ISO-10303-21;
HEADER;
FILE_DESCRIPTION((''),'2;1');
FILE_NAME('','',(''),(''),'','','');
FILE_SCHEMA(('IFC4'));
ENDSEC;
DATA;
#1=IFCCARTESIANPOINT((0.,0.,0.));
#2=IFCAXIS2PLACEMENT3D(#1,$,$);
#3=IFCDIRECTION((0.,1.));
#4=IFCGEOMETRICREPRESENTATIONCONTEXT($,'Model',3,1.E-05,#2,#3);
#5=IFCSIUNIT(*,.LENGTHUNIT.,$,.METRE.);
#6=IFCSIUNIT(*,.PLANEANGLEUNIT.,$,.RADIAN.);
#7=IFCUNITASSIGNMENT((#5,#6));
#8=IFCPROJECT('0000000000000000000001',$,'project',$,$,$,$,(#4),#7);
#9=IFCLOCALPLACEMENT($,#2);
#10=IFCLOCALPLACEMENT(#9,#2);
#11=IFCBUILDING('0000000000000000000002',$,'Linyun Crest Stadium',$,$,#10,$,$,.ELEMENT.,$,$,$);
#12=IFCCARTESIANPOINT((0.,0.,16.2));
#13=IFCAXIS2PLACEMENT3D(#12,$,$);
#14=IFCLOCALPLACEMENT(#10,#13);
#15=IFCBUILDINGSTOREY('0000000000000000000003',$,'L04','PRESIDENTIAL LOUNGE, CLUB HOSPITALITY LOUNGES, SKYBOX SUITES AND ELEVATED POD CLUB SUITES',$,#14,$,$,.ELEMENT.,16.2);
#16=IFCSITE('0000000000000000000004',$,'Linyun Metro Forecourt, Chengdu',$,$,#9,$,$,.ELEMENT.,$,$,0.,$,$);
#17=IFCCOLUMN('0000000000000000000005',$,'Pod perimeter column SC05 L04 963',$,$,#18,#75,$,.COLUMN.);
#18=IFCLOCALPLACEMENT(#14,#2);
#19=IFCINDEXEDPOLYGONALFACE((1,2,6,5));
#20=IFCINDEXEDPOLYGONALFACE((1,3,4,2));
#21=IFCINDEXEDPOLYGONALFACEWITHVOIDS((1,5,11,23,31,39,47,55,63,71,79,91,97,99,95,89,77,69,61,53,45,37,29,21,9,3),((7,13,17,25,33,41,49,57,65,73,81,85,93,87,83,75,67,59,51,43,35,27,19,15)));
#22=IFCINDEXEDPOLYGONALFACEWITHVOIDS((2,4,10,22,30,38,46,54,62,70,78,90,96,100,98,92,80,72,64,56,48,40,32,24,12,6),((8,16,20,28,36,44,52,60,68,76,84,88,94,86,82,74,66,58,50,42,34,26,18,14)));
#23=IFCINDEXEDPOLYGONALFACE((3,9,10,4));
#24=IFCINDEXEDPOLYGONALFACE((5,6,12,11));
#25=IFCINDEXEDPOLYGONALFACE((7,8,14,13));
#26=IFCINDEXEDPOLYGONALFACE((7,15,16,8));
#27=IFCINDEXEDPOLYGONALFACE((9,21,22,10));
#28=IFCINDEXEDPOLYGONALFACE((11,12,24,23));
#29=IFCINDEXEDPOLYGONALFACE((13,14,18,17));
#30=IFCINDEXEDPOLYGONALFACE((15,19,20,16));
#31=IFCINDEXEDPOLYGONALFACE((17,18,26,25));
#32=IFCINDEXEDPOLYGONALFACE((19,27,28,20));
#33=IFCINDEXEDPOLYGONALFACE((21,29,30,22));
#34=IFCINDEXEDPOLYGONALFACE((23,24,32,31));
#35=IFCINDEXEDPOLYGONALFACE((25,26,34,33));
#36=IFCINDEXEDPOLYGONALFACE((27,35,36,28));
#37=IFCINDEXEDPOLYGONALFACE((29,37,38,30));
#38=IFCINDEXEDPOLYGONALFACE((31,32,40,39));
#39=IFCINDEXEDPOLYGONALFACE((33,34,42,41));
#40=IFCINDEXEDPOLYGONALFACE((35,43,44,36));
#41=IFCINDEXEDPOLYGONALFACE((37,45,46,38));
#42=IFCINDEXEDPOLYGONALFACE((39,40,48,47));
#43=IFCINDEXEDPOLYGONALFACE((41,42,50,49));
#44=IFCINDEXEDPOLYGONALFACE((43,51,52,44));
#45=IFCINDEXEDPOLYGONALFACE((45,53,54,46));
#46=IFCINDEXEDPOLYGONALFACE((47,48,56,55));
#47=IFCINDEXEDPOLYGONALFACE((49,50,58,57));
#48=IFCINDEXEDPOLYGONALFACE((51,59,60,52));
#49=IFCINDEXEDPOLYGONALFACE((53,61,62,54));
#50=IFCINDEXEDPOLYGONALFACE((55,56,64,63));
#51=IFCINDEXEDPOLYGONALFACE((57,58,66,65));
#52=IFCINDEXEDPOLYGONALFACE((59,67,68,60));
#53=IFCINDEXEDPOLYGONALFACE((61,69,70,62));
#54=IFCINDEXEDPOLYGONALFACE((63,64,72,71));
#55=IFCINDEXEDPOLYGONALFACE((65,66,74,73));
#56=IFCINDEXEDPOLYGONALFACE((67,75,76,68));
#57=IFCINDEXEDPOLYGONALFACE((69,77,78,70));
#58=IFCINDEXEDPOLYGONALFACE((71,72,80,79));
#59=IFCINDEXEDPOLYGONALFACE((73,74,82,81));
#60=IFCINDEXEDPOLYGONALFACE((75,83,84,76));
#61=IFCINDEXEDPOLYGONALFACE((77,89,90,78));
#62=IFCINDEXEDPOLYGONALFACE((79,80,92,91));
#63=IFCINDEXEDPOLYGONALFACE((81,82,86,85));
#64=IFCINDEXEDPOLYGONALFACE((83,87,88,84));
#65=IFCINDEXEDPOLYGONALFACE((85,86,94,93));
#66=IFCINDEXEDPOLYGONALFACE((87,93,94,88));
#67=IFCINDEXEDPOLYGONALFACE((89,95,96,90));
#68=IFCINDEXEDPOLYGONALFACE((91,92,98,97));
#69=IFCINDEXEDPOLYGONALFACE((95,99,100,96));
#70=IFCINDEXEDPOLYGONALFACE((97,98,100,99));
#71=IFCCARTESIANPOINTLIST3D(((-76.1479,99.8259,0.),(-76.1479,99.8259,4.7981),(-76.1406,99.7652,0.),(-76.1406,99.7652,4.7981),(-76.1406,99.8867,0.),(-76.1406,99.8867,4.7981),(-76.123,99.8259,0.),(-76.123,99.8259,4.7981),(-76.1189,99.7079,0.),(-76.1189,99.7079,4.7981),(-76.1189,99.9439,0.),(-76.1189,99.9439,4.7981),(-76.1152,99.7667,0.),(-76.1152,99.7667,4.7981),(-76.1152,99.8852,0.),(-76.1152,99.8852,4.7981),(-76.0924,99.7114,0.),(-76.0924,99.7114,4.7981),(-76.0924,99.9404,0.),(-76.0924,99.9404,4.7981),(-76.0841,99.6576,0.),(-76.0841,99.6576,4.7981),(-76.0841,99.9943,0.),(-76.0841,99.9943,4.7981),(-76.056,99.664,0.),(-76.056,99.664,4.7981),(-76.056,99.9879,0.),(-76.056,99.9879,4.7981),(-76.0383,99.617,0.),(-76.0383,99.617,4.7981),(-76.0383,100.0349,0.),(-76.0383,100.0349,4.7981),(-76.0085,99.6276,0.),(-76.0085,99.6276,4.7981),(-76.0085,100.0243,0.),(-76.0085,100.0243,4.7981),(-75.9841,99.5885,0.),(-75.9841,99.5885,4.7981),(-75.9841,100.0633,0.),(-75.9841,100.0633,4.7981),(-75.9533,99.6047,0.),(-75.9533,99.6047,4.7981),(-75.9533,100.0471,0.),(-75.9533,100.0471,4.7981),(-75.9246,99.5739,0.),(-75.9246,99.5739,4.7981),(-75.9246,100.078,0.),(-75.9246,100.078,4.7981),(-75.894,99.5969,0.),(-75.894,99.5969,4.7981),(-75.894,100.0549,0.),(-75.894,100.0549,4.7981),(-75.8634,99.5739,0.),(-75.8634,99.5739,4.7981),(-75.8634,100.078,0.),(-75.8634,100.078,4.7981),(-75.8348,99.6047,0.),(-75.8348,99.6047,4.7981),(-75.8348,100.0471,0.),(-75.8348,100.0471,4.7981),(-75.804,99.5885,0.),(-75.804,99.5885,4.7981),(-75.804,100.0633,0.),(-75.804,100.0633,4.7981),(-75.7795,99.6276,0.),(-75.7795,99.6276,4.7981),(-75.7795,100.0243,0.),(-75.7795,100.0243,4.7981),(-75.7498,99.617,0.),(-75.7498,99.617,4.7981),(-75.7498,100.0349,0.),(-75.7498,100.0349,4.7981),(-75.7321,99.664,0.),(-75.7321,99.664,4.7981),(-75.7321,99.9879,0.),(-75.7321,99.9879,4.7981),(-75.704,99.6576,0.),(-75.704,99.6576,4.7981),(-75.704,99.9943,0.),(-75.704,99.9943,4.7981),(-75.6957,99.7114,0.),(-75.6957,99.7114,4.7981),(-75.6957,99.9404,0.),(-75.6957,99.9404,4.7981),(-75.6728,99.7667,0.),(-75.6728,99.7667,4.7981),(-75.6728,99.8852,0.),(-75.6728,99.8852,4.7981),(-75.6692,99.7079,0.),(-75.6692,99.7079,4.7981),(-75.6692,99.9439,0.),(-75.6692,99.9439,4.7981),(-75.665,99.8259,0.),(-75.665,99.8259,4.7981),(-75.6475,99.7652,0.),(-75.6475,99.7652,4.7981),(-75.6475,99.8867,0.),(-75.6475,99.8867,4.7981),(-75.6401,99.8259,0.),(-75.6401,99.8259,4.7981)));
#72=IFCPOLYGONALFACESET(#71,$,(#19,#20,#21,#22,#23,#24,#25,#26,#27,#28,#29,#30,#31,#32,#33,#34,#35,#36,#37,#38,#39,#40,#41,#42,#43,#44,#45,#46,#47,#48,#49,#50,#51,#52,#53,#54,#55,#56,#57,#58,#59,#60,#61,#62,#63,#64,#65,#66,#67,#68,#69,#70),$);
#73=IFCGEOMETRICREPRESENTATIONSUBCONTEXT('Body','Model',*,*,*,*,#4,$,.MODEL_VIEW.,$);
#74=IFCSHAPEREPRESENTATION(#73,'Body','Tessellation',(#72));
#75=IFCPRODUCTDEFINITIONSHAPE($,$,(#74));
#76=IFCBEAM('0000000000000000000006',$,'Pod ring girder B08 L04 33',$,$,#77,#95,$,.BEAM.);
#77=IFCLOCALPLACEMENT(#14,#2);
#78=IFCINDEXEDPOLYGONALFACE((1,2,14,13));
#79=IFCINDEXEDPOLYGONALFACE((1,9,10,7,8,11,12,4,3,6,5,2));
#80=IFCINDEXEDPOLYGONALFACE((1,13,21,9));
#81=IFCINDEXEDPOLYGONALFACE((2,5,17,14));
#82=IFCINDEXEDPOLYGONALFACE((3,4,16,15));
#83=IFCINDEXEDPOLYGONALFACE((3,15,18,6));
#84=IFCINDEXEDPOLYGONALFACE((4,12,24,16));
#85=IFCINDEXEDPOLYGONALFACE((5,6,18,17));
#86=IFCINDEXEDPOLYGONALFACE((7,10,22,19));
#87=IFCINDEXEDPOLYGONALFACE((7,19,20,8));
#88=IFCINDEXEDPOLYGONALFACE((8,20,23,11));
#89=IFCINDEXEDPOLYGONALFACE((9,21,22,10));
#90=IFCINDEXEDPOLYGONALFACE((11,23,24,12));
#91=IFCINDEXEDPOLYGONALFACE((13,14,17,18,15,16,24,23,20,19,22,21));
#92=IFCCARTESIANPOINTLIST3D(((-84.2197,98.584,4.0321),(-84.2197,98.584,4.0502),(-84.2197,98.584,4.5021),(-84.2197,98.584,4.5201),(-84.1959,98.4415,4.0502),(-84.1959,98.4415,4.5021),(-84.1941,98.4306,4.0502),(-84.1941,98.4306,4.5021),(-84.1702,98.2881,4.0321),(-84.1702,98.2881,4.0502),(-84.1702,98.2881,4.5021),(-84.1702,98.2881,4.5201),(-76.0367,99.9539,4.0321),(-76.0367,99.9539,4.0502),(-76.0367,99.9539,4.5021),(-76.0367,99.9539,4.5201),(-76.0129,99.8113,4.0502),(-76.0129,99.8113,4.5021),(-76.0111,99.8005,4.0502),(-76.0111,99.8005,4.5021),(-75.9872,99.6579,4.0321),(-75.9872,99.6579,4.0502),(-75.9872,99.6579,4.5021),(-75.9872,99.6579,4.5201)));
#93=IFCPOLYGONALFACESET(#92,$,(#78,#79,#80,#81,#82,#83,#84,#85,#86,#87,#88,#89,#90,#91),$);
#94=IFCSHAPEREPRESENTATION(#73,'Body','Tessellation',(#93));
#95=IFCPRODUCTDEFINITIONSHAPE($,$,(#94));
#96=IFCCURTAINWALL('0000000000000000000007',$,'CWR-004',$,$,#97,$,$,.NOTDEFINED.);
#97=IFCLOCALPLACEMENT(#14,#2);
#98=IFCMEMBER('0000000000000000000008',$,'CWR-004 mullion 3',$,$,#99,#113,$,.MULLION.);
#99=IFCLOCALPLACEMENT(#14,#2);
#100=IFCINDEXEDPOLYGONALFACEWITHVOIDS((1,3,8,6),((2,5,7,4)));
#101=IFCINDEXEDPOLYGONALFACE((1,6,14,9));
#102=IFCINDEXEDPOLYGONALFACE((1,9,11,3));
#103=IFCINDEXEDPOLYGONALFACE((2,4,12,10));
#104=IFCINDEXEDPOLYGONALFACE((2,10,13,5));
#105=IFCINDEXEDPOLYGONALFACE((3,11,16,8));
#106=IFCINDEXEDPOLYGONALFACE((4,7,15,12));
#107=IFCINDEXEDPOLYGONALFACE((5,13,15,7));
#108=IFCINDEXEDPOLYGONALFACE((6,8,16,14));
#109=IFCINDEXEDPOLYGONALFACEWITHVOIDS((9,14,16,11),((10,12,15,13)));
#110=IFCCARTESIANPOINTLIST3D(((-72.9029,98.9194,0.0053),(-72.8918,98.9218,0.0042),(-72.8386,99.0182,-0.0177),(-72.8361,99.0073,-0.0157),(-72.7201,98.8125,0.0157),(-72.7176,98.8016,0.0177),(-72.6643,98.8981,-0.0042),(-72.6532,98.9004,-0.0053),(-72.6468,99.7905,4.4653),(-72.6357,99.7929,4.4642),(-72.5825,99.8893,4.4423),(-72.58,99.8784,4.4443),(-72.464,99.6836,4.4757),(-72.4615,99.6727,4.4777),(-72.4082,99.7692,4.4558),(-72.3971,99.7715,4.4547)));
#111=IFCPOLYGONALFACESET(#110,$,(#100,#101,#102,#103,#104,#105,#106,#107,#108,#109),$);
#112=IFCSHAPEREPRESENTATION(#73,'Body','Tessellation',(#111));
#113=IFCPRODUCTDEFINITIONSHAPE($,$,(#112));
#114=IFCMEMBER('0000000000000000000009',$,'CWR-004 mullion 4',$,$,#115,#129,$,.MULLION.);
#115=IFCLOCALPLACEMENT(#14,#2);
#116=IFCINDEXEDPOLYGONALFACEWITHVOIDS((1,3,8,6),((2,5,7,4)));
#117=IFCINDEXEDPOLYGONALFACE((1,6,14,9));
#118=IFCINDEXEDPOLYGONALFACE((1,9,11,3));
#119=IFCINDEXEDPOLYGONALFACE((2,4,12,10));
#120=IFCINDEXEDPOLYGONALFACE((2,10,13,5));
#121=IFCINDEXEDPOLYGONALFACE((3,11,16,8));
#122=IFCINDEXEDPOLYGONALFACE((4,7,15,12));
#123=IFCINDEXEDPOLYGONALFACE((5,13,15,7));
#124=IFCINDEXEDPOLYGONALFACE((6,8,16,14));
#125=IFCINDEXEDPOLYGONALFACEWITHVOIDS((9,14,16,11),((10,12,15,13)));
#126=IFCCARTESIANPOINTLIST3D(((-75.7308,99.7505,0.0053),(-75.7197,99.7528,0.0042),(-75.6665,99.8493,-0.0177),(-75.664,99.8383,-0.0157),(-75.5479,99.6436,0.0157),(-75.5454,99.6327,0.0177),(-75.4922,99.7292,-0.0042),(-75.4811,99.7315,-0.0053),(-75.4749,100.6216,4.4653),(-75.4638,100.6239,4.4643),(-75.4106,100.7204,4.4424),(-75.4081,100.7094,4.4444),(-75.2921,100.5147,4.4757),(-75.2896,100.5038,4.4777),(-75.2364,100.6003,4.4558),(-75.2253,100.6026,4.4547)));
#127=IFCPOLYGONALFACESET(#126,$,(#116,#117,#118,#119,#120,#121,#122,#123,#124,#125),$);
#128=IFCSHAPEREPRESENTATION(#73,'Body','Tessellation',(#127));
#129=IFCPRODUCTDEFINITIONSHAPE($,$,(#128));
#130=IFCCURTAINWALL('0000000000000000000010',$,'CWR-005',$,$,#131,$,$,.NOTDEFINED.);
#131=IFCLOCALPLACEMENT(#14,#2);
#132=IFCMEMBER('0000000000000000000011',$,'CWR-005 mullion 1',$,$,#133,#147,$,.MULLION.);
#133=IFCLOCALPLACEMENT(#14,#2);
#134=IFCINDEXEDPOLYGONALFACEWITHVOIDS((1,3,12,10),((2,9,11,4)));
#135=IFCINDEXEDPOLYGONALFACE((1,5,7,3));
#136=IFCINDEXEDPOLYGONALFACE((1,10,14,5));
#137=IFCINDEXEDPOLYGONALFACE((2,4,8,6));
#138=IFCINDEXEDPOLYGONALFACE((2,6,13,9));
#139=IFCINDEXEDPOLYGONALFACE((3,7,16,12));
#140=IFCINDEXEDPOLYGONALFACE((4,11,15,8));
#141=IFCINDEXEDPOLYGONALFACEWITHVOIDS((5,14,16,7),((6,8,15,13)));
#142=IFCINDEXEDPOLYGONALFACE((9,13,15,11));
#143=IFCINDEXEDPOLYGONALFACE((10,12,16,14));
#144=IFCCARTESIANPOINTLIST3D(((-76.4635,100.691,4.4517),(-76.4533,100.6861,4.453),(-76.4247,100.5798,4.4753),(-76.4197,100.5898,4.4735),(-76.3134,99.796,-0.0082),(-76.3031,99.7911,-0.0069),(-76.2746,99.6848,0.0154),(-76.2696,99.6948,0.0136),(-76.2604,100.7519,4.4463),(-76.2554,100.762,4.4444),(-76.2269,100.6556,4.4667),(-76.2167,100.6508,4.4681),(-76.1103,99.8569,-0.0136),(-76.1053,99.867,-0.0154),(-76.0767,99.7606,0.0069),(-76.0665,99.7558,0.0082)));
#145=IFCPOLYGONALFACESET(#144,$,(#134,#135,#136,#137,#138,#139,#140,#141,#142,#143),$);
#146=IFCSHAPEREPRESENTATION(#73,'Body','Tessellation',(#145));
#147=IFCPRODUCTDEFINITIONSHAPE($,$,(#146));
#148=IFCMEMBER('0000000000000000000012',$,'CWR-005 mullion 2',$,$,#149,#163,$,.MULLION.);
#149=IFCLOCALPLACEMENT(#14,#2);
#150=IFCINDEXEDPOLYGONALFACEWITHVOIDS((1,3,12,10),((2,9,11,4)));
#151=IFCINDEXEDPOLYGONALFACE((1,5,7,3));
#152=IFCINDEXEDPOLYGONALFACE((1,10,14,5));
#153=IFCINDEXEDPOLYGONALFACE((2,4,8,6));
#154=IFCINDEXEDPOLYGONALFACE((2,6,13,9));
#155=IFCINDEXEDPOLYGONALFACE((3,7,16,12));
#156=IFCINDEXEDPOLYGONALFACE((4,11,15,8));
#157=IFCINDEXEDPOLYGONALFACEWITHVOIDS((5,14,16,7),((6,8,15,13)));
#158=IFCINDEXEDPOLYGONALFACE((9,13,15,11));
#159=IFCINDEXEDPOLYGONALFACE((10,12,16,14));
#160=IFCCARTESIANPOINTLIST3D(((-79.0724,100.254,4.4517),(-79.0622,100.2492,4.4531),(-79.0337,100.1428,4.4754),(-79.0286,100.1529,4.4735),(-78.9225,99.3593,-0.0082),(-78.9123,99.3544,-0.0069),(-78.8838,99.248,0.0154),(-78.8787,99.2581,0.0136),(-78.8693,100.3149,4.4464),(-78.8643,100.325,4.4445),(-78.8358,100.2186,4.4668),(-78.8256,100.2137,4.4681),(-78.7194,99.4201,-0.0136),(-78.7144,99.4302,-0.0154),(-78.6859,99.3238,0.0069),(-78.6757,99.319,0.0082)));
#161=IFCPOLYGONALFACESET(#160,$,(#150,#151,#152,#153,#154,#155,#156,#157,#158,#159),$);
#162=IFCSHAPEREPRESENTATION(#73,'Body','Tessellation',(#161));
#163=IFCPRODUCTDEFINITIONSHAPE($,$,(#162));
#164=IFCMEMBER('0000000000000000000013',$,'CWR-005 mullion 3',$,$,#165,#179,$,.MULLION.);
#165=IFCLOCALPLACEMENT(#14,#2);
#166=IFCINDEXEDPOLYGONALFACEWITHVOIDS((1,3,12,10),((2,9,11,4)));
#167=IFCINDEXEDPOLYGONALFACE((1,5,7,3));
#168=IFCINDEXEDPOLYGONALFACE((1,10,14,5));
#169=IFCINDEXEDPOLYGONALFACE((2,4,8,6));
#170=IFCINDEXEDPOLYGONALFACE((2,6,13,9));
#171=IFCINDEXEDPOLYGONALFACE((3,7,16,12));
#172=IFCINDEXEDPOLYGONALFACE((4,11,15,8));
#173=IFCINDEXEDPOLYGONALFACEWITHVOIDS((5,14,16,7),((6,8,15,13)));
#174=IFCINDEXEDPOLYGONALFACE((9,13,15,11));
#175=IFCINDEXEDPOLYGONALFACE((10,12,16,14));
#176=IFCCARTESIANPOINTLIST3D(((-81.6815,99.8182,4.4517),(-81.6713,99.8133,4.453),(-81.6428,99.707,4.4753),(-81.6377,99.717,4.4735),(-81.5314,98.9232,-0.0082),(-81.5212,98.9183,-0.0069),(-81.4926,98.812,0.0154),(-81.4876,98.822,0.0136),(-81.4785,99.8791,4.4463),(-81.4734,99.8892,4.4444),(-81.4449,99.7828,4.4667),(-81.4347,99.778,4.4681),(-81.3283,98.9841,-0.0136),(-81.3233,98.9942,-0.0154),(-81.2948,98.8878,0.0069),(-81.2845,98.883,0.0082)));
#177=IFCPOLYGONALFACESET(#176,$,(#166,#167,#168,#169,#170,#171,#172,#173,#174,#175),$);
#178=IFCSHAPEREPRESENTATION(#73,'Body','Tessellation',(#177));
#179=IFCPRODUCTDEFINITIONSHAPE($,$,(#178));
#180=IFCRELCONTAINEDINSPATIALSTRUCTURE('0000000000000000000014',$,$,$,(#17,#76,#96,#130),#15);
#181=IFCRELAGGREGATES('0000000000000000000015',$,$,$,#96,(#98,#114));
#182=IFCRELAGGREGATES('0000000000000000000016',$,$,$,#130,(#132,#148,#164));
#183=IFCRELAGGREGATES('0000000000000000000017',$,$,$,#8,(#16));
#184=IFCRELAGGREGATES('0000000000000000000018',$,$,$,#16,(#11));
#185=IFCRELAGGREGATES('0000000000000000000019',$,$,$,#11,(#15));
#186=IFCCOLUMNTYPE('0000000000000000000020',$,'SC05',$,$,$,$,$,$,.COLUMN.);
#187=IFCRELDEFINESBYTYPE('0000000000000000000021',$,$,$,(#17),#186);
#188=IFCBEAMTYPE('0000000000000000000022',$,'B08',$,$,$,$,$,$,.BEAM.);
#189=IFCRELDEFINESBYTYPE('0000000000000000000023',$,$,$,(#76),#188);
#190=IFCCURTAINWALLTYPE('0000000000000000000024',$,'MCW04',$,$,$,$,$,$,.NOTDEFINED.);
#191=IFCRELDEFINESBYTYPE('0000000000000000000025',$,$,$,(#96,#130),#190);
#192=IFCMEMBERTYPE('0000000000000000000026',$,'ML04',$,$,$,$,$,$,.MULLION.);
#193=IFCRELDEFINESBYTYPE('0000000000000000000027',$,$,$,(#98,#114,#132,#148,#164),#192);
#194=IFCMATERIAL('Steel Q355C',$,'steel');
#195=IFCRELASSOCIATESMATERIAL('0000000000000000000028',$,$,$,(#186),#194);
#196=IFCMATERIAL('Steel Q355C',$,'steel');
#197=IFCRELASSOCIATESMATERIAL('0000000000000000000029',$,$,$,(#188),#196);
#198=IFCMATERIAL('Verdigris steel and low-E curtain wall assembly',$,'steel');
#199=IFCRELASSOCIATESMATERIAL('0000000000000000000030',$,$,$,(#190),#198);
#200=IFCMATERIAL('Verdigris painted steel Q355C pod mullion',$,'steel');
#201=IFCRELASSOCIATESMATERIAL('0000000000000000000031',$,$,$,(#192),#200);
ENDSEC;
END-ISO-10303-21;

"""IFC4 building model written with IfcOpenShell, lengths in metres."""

from ifc_helpers import new_model, si_unit, direction, frame, origin, origin_2d, place, context, subcontext, project, spatial, hollow_rectangle, hollow_circle, i_section, extrude, material, material_profile, profile_set, type_object, element, aggregate, save


model = new_model("IFC4")

# Units and contexts
model_context = context("Model", 3, precision=1e-05, world=origin(), true_north=direction((0.0, 1.0)))
body_context = subcontext(model_context, "Body", "Model", "MODEL_VIEW")
ifc_project = project(units=[si_unit("LENGTHUNIT", "METRE"), si_unit("PLANEANGLEUNIT", "RADIAN")], contexts=[model_context])

# Site, building, storey
site_placement = place(None, origin())
site = spatial("IfcSite", under=ifc_project, at=site_placement, Name="Linyun Metro Forecourt, Chengdu", CompositionType="ELEMENT", RefElevation=0.0)
building_placement = place(site_placement, origin())
building = spatial("IfcBuilding", under=site, at=building_placement, Name="Linyun Crest Stadium", CompositionType="ELEMENT")
storey_placement = place(building_placement, frame((0.0, 0.0, 16.2)))
storey = spatial("IfcBuildingStorey", under=building, at=storey_placement, Name="L04", Description="PRESIDENTIAL LOUNGE, CLUB HOSPITALITY LOUNGES, SKYBOX SUITES AND ELEVATED POD CLUB SUITES", CompositionType="ELEMENT", Elevation=16.2)

# Column
ifc_material_1 = material(Name="Steel Q355C", Category="steel")
ifc_material_profile_1 = material_profile(ifc_material_1, hollow_circle(Radius=0.2539, WallThickness=0.0249, at=origin_2d()), Name="CHS 508x25")
ifc_profile_set_1 = profile_set([ifc_material_profile_1], Name="Steel Q355C")
column_type = type_object("IfcColumnType", Name="SC05", PredefinedType="COLUMN", material=ifc_profile_set_1)
column_placement = place(storey_placement, frame((-75.894, 99.8259, 0.0), z_axis=(0.0, 0.0, 1.0), x_axis=(1.0, 0.0, 0.0)))
element("IfcColumn", 1, at=column_placement, inside=storey, type_object=column_type, Name="Pod perimeter column SC05 L04 963", PredefinedType="COLUMN", context=body_context, shape_type="SweptSolid", body=[
    extrude(hollow_circle(Radius=0.2539, WallThickness=0.0249, at=origin_2d()), origin(), (0.0, 0.0, 1.0), 4.7981),
])

# Beam
ifc_material_2 = material(Name="Steel Q355C", Category="steel")
ifc_material_profile_2 = material_profile(ifc_material_2, i_section(OverallWidth=0.3, OverallDepth=0.488, WebThickness=0.011, FlangeThickness=0.0181, at=origin_2d()), Name="HM 488x300")
ifc_profile_set_2 = profile_set([ifc_material_profile_2], Name="Steel Q355C")
beam_type = type_object("IfcBeamType", Name="B08", PredefinedType="BEAM", material=ifc_profile_set_2)
beam_placement = place(storey_placement, frame((-76.012, 99.8059, 4.2761), z_axis=(-0.986276, -0.165105, 0.0), x_axis=(0.165105, -0.986276, 0.0)))
element("IfcBeam", 2, at=beam_placement, inside=storey, type_object=beam_type, Name="Pod ring girder B08 L04 33", PredefinedType="BEAM", context=body_context, shape_type="SweptSolid", body=[
    extrude(i_section(OverallWidth=0.3, OverallDepth=0.488, WebThickness=0.011, FlangeThickness=0.0181, at=origin_2d()), origin(), (0.0, 0.0, 1.0), 8.2969),
])

# Curtain walls, members
ifc_material_3 = material(Name="Verdigris steel and low-E curtain wall assembly", Category="steel")
curtain_wall_type = type_object("IfcCurtainWallType", Name="MCW04", PredefinedType="NOTDEFINED", material=ifc_material_3)
curtain_wall_1_placement = place(storey_placement, origin())
curtain_wall_1 = element("IfcCurtainWall", 3, at=curtain_wall_1_placement, inside=storey, type_object=curtain_wall_type, Name="CWR-004", PredefinedType="NOTDEFINED")
ifc_material_4 = material(Name="Verdigris painted steel Q355C pod mullion", Category="steel")
ifc_material_profile_3 = material_profile(ifc_material_4, hollow_rectangle(XDim=0.1201, YDim=0.22, WallThickness=0.0081, at=origin_2d()), Name="RHS 220x120x8")
ifc_profile_set_3 = profile_set([ifc_material_profile_3], Name="Verdigris painted steel Q355C pod mullion")
member_type_1 = type_object("IfcMemberType", Name="ML04", PredefinedType="MULLION", material=ifc_profile_set_3)
member_1_placement = place(storey_placement, frame((-72.7781, 98.9099, 0.0), z_axis=(0.056269, 0.191388, 0.9799), x_axis=(0.535733, 0.822411, -0.191392)))
member_1 = element("IfcMember", 4, at=member_1_placement, type_object=member_type_1, Name="CWR-004 mullion 3", PredefinedType="MULLION", context=body_context, shape_type="SweptSolid", body=[
    extrude(hollow_rectangle(XDim=0.1201, YDim=0.22, WallThickness=0.0081, at=origin_2d()), origin(), (0.0, 0.0, 1.0), 4.5515),
])
member_2_placement = place(storey_placement, frame((-75.606, 99.741, 0.0), z_axis=(0.056215, 0.191389, 0.979903), x_axis=(0.535521, 0.822552, -0.191378)))
member_2 = element("IfcMember", 5, at=member_2_placement, type_object=member_type_1, Name="CWR-004 mullion 4", PredefinedType="MULLION", context=body_context, shape_type="SweptSolid", body=[
    extrude(hollow_rectangle(XDim=0.1201, YDim=0.22, WallThickness=0.0081, at=origin_2d()), origin(), (0.0, 0.0, 1.0), 4.5515),
])
curtain_wall_2_placement = place(storey_placement, origin())
curtain_wall_2 = element("IfcCurtainWall", 6, at=curtain_wall_2_placement, inside=storey, type_object=curtain_wall_type, Name="CWR-005", PredefinedType="NOTDEFINED")
member_3_placement = place(storey_placement, frame((-76.1899, 99.7759, 0.0), z_axis=(-0.032989, 0.196649, 0.979919), x_axis=(-0.322673, 0.925854, -0.196662)))
member_3 = element("IfcMember", 7, at=member_3_placement, type_object=member_type_1, Name="CWR-005 mullion 1", PredefinedType="MULLION", context=body_context, shape_type="SweptSolid", body=[
    extrude(hollow_rectangle(XDim=0.1201, YDim=0.22, WallThickness=0.0081, at=origin_2d()), origin(), (0.0, 0.0, 1.0), 4.5513),
])
member_4_placement = place(storey_placement, frame((-78.7991, 99.3391, 0.0), z_axis=(-0.032936, 0.196598, 0.979931), x_axis=(-0.322471, 0.925937, -0.196604)))
member_4 = element("IfcMember", 8, at=member_4_placement, type_object=member_type_1, Name="CWR-005 mullion 2", PredefinedType="MULLION", context=body_context, shape_type="SweptSolid", body=[
    extrude(hollow_rectangle(XDim=0.1201, YDim=0.22, WallThickness=0.0081, at=origin_2d()), origin(), (0.0, 0.0, 1.0), 4.5513),
])
member_5_placement = place(storey_placement, frame((-81.408, 98.9031, 0.0), z_axis=(-0.032989, 0.196649, 0.979919), x_axis=(-0.322673, 0.925854, -0.196662)))
member_5 = element("IfcMember", 9, at=member_5_placement, type_object=member_type_1, Name="CWR-005 mullion 3", PredefinedType="MULLION", context=body_context, shape_type="SweptSolid", body=[
    extrude(hollow_rectangle(XDim=0.1201, YDim=0.22, WallThickness=0.0081, at=origin_2d()), origin(), (0.0, 0.0, 1.0), 4.5513),
])

aggregate(curtain_wall_1, [member_1, member_2])
aggregate(curtain_wall_2, [member_3, member_4, member_5])

save(model, "model.ifc")
